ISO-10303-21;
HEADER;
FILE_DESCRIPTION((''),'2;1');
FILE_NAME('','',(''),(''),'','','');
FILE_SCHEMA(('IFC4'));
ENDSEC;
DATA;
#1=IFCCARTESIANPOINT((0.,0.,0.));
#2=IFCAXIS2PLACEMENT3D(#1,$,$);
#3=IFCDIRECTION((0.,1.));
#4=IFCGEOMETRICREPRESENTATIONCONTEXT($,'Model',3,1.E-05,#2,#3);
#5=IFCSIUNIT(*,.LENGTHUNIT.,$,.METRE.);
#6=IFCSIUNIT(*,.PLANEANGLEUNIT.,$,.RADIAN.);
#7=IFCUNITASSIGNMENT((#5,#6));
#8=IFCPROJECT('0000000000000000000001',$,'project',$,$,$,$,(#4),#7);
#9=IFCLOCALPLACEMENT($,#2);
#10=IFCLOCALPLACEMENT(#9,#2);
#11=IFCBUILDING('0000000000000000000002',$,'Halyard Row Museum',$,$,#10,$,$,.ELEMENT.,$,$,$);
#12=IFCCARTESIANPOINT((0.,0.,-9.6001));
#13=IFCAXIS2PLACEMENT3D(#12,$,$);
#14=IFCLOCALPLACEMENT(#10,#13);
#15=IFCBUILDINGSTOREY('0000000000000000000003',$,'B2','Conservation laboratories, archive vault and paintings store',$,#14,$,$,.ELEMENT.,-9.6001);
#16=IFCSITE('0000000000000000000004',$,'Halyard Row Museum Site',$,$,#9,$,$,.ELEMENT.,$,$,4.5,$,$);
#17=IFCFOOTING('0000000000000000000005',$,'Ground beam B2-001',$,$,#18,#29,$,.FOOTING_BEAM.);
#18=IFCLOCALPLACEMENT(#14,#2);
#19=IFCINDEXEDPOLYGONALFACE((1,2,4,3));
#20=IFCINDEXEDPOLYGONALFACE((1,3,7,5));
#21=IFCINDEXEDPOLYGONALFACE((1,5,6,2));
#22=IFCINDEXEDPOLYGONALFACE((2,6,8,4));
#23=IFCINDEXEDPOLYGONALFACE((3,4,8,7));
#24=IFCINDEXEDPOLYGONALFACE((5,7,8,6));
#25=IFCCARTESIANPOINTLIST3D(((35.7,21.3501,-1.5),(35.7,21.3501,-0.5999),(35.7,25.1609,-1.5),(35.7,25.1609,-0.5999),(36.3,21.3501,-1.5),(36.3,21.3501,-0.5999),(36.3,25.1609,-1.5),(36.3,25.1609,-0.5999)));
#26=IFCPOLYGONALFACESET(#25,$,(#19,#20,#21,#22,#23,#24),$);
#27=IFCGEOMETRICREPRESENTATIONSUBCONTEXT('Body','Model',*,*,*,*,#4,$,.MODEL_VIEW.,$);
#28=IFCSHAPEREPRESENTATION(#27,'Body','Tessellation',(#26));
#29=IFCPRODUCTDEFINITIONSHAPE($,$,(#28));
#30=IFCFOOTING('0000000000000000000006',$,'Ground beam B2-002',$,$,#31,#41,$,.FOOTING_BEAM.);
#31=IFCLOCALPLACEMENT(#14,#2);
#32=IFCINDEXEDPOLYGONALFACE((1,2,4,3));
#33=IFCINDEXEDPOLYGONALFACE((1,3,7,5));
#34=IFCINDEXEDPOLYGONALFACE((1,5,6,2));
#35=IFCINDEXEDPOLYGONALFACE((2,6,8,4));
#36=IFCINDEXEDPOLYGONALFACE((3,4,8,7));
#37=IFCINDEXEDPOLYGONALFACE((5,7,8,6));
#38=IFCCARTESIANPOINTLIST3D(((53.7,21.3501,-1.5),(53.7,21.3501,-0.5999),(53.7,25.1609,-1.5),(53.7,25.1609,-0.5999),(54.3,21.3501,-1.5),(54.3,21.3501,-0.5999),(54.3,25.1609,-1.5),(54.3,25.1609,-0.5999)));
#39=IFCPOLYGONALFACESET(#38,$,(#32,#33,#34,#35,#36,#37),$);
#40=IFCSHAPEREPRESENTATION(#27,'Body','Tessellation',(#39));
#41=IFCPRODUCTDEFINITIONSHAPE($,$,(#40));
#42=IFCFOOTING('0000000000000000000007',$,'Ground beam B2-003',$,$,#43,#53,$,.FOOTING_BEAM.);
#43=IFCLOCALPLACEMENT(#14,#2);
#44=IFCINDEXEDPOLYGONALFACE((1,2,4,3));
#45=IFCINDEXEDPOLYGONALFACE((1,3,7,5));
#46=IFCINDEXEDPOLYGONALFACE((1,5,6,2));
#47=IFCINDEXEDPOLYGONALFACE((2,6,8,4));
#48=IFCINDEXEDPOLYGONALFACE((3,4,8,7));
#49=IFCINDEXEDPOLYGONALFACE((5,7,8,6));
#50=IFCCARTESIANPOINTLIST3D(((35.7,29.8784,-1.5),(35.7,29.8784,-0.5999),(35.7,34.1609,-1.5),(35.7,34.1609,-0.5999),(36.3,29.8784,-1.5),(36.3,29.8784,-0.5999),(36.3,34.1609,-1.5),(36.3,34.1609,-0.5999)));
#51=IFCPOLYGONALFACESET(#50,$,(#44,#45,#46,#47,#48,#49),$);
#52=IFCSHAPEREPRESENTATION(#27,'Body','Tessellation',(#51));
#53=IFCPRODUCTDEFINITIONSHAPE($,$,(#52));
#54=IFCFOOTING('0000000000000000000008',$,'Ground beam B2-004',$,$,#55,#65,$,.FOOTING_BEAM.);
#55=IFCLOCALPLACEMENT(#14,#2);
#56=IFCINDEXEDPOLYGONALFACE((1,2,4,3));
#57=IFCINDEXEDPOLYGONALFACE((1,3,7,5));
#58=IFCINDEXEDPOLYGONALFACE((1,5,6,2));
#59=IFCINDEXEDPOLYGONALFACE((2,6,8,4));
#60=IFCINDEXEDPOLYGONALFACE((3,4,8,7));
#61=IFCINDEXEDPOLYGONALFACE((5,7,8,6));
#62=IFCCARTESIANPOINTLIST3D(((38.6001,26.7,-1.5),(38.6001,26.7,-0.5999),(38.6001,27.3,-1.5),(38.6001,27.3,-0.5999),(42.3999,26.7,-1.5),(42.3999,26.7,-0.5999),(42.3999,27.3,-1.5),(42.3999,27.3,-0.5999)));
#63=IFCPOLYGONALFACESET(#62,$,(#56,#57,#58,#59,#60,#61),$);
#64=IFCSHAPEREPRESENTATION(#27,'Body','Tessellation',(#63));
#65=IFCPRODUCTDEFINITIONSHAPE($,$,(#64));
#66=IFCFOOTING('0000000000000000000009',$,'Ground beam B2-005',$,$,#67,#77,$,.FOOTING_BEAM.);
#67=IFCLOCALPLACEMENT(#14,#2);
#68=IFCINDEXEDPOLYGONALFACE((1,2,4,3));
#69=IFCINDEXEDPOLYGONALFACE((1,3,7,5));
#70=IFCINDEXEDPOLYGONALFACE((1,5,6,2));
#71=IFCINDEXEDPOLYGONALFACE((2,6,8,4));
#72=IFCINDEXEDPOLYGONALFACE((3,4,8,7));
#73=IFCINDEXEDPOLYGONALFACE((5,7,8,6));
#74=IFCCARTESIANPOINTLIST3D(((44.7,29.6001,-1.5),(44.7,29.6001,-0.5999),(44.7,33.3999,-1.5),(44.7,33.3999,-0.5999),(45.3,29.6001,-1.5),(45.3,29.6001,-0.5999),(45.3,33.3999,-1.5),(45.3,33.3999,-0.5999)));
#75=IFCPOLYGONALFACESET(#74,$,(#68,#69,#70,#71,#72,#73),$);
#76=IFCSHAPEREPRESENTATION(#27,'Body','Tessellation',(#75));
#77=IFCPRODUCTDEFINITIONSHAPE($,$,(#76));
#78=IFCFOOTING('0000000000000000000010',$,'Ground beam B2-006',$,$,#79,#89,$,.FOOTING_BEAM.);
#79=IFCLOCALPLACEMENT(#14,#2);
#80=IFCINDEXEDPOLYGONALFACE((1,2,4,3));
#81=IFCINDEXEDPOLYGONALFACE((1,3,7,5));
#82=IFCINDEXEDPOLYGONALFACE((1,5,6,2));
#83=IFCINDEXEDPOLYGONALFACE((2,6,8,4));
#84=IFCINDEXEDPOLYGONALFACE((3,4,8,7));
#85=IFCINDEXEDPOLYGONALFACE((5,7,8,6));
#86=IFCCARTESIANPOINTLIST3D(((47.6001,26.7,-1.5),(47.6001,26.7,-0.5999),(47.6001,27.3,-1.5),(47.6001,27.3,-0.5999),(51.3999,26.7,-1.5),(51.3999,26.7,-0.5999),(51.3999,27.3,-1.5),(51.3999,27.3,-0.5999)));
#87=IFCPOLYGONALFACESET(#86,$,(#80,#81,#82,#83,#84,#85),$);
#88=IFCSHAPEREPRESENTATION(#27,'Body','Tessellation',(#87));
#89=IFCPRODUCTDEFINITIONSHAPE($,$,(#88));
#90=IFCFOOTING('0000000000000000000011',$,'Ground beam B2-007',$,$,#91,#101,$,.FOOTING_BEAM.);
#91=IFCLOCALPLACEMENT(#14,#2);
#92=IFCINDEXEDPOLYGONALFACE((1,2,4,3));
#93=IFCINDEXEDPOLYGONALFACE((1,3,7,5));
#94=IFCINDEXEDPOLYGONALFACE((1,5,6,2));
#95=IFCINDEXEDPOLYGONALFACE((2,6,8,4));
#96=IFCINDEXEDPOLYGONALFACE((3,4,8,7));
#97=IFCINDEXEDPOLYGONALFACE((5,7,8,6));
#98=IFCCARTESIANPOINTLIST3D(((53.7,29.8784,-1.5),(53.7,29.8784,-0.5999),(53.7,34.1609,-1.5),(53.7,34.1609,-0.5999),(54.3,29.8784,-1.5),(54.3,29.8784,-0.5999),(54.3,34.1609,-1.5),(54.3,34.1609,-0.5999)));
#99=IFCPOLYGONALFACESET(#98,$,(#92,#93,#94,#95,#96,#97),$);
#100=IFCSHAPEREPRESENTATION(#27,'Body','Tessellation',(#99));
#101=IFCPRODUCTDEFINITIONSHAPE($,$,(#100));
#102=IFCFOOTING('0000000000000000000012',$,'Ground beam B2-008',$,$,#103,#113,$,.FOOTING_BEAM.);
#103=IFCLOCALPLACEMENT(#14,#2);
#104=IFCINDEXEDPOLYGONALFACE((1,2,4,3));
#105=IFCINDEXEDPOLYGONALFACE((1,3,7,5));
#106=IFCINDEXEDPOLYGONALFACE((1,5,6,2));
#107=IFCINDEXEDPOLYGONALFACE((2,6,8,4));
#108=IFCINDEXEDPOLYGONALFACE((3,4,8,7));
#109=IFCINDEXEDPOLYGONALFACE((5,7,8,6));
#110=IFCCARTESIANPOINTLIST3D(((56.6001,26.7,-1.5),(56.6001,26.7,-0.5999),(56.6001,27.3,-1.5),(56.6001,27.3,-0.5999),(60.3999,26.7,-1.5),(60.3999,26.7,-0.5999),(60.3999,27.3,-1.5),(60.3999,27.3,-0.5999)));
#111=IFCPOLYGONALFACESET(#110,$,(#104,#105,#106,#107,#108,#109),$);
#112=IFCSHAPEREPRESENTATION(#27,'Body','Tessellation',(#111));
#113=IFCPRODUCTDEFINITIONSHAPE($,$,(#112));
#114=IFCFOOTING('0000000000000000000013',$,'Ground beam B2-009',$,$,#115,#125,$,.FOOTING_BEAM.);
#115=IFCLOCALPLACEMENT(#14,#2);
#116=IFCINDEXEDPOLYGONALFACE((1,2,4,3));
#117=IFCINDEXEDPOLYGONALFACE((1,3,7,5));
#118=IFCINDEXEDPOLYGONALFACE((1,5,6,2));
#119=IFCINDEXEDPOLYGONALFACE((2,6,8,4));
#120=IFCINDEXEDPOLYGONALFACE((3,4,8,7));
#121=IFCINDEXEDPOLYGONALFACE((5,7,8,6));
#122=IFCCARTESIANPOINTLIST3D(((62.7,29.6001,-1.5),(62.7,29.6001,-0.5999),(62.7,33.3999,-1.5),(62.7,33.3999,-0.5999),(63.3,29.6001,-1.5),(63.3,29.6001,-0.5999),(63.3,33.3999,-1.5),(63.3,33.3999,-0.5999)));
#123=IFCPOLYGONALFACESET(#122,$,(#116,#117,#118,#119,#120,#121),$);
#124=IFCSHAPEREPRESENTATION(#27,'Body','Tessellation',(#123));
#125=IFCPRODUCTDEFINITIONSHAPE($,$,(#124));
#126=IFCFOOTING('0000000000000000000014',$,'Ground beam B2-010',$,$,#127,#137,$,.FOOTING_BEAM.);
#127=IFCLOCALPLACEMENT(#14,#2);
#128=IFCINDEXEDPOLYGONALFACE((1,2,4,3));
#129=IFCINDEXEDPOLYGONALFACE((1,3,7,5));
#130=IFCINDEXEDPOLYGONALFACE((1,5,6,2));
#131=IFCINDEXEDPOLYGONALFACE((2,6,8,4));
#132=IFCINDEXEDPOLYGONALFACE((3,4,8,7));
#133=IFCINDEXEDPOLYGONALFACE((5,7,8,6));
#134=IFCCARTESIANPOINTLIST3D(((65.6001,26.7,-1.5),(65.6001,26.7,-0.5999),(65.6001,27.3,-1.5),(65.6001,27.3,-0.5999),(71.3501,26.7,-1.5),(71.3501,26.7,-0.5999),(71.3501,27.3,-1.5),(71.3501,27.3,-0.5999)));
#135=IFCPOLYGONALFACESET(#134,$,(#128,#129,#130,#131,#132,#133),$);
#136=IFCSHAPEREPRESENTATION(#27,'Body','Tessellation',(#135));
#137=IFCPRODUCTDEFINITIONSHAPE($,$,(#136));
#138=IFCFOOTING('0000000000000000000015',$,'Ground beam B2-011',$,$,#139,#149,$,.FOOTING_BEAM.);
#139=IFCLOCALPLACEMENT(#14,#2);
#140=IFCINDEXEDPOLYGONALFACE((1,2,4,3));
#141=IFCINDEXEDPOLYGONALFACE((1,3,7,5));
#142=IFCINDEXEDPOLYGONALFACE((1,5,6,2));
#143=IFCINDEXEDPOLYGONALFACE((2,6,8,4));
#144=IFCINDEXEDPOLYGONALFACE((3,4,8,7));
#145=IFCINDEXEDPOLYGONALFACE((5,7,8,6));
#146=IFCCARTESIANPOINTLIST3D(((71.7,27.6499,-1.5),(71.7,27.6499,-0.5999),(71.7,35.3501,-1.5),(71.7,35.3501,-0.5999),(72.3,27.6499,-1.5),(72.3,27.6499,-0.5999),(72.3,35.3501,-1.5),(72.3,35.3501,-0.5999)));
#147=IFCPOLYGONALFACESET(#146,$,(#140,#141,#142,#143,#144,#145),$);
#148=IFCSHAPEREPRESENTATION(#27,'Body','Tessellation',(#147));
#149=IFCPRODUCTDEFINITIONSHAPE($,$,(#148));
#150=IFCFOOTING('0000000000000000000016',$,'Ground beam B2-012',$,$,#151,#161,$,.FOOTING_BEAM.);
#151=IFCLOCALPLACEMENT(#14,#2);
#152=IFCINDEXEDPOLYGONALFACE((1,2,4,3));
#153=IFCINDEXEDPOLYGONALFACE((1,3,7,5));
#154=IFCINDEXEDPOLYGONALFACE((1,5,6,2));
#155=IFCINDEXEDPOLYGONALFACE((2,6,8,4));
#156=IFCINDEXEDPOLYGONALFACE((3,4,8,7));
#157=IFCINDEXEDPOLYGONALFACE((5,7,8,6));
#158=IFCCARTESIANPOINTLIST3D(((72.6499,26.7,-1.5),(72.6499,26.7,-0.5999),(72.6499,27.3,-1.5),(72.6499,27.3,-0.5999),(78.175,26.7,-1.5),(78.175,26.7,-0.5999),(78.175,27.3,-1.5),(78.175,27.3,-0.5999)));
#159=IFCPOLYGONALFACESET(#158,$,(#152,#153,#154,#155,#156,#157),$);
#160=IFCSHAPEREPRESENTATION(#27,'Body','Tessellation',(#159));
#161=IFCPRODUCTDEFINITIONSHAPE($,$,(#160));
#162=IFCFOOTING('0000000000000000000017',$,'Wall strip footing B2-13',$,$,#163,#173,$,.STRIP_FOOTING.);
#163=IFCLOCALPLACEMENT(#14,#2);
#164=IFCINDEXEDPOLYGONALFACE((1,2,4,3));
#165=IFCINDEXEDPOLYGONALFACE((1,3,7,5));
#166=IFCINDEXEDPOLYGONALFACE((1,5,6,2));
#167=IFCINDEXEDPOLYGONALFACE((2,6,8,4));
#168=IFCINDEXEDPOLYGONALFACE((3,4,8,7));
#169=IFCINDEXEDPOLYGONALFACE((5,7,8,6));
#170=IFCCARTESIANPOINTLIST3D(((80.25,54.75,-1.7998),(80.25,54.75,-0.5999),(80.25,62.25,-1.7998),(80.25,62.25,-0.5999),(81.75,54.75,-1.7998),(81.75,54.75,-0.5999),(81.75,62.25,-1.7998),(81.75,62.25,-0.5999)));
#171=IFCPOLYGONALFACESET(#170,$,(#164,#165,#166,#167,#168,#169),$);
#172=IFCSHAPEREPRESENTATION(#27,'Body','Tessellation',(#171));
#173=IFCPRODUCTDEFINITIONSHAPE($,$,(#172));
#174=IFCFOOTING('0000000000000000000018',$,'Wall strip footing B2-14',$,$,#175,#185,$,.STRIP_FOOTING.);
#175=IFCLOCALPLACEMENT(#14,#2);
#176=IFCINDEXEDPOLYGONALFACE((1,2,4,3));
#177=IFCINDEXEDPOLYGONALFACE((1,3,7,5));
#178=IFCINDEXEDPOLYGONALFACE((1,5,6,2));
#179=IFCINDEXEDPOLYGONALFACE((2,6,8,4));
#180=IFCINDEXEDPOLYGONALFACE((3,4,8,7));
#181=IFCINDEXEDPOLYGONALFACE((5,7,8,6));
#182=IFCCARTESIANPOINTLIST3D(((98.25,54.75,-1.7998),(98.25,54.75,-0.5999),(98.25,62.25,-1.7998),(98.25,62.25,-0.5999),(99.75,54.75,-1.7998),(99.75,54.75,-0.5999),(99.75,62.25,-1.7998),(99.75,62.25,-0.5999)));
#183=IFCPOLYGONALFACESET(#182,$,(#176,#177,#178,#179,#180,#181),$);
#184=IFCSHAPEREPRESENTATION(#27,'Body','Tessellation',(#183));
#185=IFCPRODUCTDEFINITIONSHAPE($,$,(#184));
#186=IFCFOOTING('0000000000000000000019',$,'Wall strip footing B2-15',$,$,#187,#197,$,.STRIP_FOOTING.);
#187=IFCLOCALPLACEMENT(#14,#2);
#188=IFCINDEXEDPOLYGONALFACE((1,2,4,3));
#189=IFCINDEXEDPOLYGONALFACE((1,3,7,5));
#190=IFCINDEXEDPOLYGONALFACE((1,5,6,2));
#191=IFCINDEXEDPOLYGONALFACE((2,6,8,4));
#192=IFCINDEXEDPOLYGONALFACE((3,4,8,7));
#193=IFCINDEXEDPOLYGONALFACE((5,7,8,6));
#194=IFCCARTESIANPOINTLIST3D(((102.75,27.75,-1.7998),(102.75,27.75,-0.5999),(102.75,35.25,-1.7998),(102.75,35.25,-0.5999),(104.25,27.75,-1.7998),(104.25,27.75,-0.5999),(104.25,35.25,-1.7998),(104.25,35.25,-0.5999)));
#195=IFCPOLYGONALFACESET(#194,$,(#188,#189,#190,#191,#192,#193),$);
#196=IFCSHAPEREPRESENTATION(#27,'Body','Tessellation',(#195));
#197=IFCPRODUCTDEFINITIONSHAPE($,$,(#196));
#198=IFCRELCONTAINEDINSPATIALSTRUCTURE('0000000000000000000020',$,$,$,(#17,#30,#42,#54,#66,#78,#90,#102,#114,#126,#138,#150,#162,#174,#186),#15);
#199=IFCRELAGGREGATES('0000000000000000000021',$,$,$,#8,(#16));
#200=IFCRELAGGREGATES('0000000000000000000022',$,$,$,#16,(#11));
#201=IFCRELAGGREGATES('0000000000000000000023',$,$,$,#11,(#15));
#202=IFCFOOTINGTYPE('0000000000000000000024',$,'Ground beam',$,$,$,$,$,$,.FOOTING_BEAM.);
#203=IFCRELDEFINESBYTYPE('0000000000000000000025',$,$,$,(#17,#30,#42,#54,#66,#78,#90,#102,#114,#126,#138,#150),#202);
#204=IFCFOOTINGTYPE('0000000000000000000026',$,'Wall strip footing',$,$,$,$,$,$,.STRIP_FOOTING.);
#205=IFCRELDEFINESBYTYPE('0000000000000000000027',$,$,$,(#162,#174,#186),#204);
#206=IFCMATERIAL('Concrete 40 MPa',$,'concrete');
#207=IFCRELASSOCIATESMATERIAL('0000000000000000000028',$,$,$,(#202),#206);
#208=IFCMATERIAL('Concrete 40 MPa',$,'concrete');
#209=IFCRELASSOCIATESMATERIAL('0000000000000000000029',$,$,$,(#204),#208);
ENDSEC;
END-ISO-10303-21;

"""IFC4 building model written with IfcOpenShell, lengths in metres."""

from ifc_helpers import new_model, si_unit, direction, frame, origin, place, context, subcontext, project, spatial, polyline, outline, extrude, material, type_object, element, save


model = new_model("IFC4")

# Units and contexts
model_context = context("Model", 3, precision=1e-05, world=origin(), true_north=direction((0.0, 1.0)))
body_context = subcontext(model_context, "Body", "Model", "MODEL_VIEW")
ifc_project = project(units=[si_unit("LENGTHUNIT", "METRE"), si_unit("PLANEANGLEUNIT", "RADIAN")], contexts=[model_context])

# Site, building, storey
site_placement = place(None, origin())
site = spatial("IfcSite", under=ifc_project, at=site_placement, Name="Halyard Row Museum Site", CompositionType="ELEMENT", RefElevation=4.5)
building_placement = place(site_placement, origin())
building = spatial("IfcBuilding", under=site, at=building_placement, Name="Halyard Row Museum", CompositionType="ELEMENT")
storey_placement = place(building_placement, frame((0.0, 0.0, -9.6001)))
storey = spatial("IfcBuildingStorey", under=building, at=storey_placement, Name="B2", Description="Conservation laboratories, archive vault and paintings store", CompositionType="ELEMENT", Elevation=-9.6001)

# Footings
ifc_material_1 = material(Name="Concrete 40 MPa", Category="concrete")
footing_type_1 = type_object("IfcFootingType", Name="Ground beam", PredefinedType="FOOTING_BEAM", material=ifc_material_1)
footing_1_placement = place(storey_placement, frame((0.0, 0.0, -1.5)))
element("IfcFooting", 1, at=footing_1_placement, inside=storey, type_object=footing_type_1, Name="Ground beam B2-001", PredefinedType="FOOTING_BEAM", context=body_context, shape_type="SweptSolid", body=[
    extrude(outline(polyline([(35.7, 21.3501), (36.3, 21.3501), (36.3, 25.1609), (35.7, 25.1609), (35.7, 21.3501)])), origin(), (0.0, 0.0, 1.0), 0.9001),
])
footing_2_placement = place(storey_placement, frame((0.0, 0.0, -1.5)))
element("IfcFooting", 2, at=footing_2_placement, inside=storey, type_object=footing_type_1, Name="Ground beam B2-002", PredefinedType="FOOTING_BEAM", context=body_context, shape_type="SweptSolid", body=[
    extrude(outline(polyline([(53.7, 21.3501), (54.3, 21.3501), (54.3, 25.1609), (53.7, 25.1609), (53.7, 21.3501)])), origin(), (0.0, 0.0, 1.0), 0.9001),
])
footing_3_placement = place(storey_placement, frame((0.0, 0.0, -1.5)))
element("IfcFooting", 3, at=footing_3_placement, inside=storey, type_object=footing_type_1, Name="Ground beam B2-003", PredefinedType="FOOTING_BEAM", context=body_context, shape_type="SweptSolid", body=[
    extrude(outline(polyline([(35.7, 29.8784), (36.3, 29.8784), (36.3, 34.1609), (35.7, 34.1609), (35.7, 29.8784)])), origin(), (0.0, 0.0, 1.0), 0.9001),
])
footing_4_placement = place(storey_placement, frame((0.0, 0.0, -1.5)))
element("IfcFooting", 4, at=footing_4_placement, inside=storey, type_object=footing_type_1, Name="Ground beam B2-004", PredefinedType="FOOTING_BEAM", context=body_context, shape_type="SweptSolid", body=[
    extrude(outline(polyline([(38.6001, 26.7), (42.3999, 26.7), (42.3999, 27.3), (38.6001, 27.3), (38.6001, 26.7)])), origin(), (0.0, 0.0, 1.0), 0.9001),
])
footing_5_placement = place(storey_placement, frame((0.0, 0.0, -1.5)))
element("IfcFooting", 5, at=footing_5_placement, inside=storey, type_object=footing_type_1, Name="Ground beam B2-005", PredefinedType="FOOTING_BEAM", context=body_context, shape_type="SweptSolid", body=[
    extrude(outline(polyline([(44.7, 29.6001), (45.3, 29.6001), (45.3, 33.3999), (44.7, 33.3999), (44.7, 29.6001)])), origin(), (0.0, 0.0, 1.0), 0.9001),
])
footing_6_placement = place(storey_placement, frame((0.0, 0.0, -1.5)))
element("IfcFooting", 6, at=footing_6_placement, inside=storey, type_object=footing_type_1, Name="Ground beam B2-006", PredefinedType="FOOTING_BEAM", context=body_context, shape_type="SweptSolid", body=[
    extrude(outline(polyline([(47.6001, 26.7), (51.3999, 26.7), (51.3999, 27.3), (47.6001, 27.3), (47.6001, 26.7)])), origin(), (0.0, 0.0, 1.0), 0.9001),
])
footing_7_placement = place(storey_placement, frame((0.0, 0.0, -1.5)))
element("IfcFooting", 7, at=footing_7_placement, inside=storey, type_object=footing_type_1, Name="Ground beam B2-007", PredefinedType="FOOTING_BEAM", context=body_context, shape_type="SweptSolid", body=[
    extrude(outline(polyline([(53.7, 29.8784), (54.3, 29.8784), (54.3, 34.1609), (53.7, 34.1609), (53.7, 29.8784)])), origin(), (0.0, 0.0, 1.0), 0.9001),
])
footing_8_placement = place(storey_placement, frame((0.0, 0.0, -1.5)))
element("IfcFooting", 8, at=footing_8_placement, inside=storey, type_object=footing_type_1, Name="Ground beam B2-008", PredefinedType="FOOTING_BEAM", context=body_context, shape_type="SweptSolid", body=[
    extrude(outline(polyline([(56.6001, 26.7), (60.3999, 26.7), (60.3999, 27.3), (56.6001, 27.3), (56.6001, 26.7)])), origin(), (0.0, 0.0, 1.0), 0.9001),
])
footing_9_placement = place(storey_placement, frame((0.0, 0.0, -1.5)))
element("IfcFooting", 9, at=footing_9_placement, inside=storey, type_object=footing_type_1, Name="Ground beam B2-009", PredefinedType="FOOTING_BEAM", context=body_context, shape_type="SweptSolid", body=[
    extrude(outline(polyline([(62.7, 29.6001), (63.3, 29.6001), (63.3, 33.3999), (62.7, 33.3999), (62.7, 29.6001)])), origin(), (0.0, 0.0, 1.0), 0.9001),
])
footing_10_placement = place(storey_placement, frame((0.0, 0.0, -1.5)))
element("IfcFooting", 10, at=footing_10_placement, inside=storey, type_object=footing_type_1, Name="Ground beam B2-010", PredefinedType="FOOTING_BEAM", context=body_context, shape_type="SweptSolid", body=[
    extrude(outline(polyline([(65.6001, 26.7), (71.3501, 26.7), (71.3501, 27.3), (65.6001, 27.3), (65.6001, 26.7)])), origin(), (0.0, 0.0, 1.0), 0.9001),
])
footing_11_placement = place(storey_placement, frame((0.0, 0.0, -1.5)))
element("IfcFooting", 11, at=footing_11_placement, inside=storey, type_object=footing_type_1, Name="Ground beam B2-011", PredefinedType="FOOTING_BEAM", context=body_context, shape_type="SweptSolid", body=[
    extrude(outline(polyline([(71.7, 27.6499), (72.3, 27.6499), (72.3, 35.3501), (71.7, 35.3501), (71.7, 27.6499)])), origin(), (0.0, 0.0, 1.0), 0.9001),
])
footing_12_placement = place(storey_placement, frame((0.0, 0.0, -1.5)))
element("IfcFooting", 12, at=footing_12_placement, inside=storey, type_object=footing_type_1, Name="Ground beam B2-012", PredefinedType="FOOTING_BEAM", context=body_context, shape_type="SweptSolid", body=[
    extrude(outline(polyline([(72.6499, 26.7), (78.175, 26.7), (78.175, 27.3), (72.6499, 27.3), (72.6499, 26.7)])), origin(), (0.0, 0.0, 1.0), 0.9001),
])
ifc_material_2 = material(Name="Concrete 40 MPa", Category="concrete")
footing_type_2 = type_object("IfcFootingType", Name="Wall strip footing", PredefinedType="STRIP_FOOTING", material=ifc_material_2)
footing_13_placement = place(storey_placement, frame((0.0, 0.0, -1.7998)))
element("IfcFooting", 13, at=footing_13_placement, inside=storey, type_object=footing_type_2, Name="Wall strip footing B2-13", PredefinedType="STRIP_FOOTING", context=body_context, shape_type="SweptSolid", body=[
    extrude(outline(polyline([(80.25, 54.75), (81.75, 54.75), (81.75, 62.25), (80.25, 62.25), (80.25, 54.75)])), origin(), (0.0, 0.0, 1.0), 1.2),
])
footing_14_placement = place(storey_placement, frame((0.0, 0.0, -1.7998)))
element("IfcFooting", 14, at=footing_14_placement, inside=storey, type_object=footing_type_2, Name="Wall strip footing B2-14", PredefinedType="STRIP_FOOTING", context=body_context, shape_type="SweptSolid", body=[
    extrude(outline(polyline([(98.25, 54.75), (99.75, 54.75), (99.75, 62.25), (98.25, 62.25), (98.25, 54.75)])), origin(), (0.0, 0.0, 1.0), 1.2),
])
footing_15_placement = place(storey_placement, frame((0.0, 0.0, -1.7998)))
element("IfcFooting", 15, at=footing_15_placement, inside=storey, type_object=footing_type_2, Name="Wall strip footing B2-15", PredefinedType="STRIP_FOOTING", context=body_context, shape_type="SweptSolid", body=[
    extrude(outline(polyline([(102.75, 27.75), (104.25, 27.75), (104.25, 35.25), (102.75, 35.25), (102.75, 27.75)])), origin(), (0.0, 0.0, 1.0), 1.2),
])

save(model, "model.ifc")
